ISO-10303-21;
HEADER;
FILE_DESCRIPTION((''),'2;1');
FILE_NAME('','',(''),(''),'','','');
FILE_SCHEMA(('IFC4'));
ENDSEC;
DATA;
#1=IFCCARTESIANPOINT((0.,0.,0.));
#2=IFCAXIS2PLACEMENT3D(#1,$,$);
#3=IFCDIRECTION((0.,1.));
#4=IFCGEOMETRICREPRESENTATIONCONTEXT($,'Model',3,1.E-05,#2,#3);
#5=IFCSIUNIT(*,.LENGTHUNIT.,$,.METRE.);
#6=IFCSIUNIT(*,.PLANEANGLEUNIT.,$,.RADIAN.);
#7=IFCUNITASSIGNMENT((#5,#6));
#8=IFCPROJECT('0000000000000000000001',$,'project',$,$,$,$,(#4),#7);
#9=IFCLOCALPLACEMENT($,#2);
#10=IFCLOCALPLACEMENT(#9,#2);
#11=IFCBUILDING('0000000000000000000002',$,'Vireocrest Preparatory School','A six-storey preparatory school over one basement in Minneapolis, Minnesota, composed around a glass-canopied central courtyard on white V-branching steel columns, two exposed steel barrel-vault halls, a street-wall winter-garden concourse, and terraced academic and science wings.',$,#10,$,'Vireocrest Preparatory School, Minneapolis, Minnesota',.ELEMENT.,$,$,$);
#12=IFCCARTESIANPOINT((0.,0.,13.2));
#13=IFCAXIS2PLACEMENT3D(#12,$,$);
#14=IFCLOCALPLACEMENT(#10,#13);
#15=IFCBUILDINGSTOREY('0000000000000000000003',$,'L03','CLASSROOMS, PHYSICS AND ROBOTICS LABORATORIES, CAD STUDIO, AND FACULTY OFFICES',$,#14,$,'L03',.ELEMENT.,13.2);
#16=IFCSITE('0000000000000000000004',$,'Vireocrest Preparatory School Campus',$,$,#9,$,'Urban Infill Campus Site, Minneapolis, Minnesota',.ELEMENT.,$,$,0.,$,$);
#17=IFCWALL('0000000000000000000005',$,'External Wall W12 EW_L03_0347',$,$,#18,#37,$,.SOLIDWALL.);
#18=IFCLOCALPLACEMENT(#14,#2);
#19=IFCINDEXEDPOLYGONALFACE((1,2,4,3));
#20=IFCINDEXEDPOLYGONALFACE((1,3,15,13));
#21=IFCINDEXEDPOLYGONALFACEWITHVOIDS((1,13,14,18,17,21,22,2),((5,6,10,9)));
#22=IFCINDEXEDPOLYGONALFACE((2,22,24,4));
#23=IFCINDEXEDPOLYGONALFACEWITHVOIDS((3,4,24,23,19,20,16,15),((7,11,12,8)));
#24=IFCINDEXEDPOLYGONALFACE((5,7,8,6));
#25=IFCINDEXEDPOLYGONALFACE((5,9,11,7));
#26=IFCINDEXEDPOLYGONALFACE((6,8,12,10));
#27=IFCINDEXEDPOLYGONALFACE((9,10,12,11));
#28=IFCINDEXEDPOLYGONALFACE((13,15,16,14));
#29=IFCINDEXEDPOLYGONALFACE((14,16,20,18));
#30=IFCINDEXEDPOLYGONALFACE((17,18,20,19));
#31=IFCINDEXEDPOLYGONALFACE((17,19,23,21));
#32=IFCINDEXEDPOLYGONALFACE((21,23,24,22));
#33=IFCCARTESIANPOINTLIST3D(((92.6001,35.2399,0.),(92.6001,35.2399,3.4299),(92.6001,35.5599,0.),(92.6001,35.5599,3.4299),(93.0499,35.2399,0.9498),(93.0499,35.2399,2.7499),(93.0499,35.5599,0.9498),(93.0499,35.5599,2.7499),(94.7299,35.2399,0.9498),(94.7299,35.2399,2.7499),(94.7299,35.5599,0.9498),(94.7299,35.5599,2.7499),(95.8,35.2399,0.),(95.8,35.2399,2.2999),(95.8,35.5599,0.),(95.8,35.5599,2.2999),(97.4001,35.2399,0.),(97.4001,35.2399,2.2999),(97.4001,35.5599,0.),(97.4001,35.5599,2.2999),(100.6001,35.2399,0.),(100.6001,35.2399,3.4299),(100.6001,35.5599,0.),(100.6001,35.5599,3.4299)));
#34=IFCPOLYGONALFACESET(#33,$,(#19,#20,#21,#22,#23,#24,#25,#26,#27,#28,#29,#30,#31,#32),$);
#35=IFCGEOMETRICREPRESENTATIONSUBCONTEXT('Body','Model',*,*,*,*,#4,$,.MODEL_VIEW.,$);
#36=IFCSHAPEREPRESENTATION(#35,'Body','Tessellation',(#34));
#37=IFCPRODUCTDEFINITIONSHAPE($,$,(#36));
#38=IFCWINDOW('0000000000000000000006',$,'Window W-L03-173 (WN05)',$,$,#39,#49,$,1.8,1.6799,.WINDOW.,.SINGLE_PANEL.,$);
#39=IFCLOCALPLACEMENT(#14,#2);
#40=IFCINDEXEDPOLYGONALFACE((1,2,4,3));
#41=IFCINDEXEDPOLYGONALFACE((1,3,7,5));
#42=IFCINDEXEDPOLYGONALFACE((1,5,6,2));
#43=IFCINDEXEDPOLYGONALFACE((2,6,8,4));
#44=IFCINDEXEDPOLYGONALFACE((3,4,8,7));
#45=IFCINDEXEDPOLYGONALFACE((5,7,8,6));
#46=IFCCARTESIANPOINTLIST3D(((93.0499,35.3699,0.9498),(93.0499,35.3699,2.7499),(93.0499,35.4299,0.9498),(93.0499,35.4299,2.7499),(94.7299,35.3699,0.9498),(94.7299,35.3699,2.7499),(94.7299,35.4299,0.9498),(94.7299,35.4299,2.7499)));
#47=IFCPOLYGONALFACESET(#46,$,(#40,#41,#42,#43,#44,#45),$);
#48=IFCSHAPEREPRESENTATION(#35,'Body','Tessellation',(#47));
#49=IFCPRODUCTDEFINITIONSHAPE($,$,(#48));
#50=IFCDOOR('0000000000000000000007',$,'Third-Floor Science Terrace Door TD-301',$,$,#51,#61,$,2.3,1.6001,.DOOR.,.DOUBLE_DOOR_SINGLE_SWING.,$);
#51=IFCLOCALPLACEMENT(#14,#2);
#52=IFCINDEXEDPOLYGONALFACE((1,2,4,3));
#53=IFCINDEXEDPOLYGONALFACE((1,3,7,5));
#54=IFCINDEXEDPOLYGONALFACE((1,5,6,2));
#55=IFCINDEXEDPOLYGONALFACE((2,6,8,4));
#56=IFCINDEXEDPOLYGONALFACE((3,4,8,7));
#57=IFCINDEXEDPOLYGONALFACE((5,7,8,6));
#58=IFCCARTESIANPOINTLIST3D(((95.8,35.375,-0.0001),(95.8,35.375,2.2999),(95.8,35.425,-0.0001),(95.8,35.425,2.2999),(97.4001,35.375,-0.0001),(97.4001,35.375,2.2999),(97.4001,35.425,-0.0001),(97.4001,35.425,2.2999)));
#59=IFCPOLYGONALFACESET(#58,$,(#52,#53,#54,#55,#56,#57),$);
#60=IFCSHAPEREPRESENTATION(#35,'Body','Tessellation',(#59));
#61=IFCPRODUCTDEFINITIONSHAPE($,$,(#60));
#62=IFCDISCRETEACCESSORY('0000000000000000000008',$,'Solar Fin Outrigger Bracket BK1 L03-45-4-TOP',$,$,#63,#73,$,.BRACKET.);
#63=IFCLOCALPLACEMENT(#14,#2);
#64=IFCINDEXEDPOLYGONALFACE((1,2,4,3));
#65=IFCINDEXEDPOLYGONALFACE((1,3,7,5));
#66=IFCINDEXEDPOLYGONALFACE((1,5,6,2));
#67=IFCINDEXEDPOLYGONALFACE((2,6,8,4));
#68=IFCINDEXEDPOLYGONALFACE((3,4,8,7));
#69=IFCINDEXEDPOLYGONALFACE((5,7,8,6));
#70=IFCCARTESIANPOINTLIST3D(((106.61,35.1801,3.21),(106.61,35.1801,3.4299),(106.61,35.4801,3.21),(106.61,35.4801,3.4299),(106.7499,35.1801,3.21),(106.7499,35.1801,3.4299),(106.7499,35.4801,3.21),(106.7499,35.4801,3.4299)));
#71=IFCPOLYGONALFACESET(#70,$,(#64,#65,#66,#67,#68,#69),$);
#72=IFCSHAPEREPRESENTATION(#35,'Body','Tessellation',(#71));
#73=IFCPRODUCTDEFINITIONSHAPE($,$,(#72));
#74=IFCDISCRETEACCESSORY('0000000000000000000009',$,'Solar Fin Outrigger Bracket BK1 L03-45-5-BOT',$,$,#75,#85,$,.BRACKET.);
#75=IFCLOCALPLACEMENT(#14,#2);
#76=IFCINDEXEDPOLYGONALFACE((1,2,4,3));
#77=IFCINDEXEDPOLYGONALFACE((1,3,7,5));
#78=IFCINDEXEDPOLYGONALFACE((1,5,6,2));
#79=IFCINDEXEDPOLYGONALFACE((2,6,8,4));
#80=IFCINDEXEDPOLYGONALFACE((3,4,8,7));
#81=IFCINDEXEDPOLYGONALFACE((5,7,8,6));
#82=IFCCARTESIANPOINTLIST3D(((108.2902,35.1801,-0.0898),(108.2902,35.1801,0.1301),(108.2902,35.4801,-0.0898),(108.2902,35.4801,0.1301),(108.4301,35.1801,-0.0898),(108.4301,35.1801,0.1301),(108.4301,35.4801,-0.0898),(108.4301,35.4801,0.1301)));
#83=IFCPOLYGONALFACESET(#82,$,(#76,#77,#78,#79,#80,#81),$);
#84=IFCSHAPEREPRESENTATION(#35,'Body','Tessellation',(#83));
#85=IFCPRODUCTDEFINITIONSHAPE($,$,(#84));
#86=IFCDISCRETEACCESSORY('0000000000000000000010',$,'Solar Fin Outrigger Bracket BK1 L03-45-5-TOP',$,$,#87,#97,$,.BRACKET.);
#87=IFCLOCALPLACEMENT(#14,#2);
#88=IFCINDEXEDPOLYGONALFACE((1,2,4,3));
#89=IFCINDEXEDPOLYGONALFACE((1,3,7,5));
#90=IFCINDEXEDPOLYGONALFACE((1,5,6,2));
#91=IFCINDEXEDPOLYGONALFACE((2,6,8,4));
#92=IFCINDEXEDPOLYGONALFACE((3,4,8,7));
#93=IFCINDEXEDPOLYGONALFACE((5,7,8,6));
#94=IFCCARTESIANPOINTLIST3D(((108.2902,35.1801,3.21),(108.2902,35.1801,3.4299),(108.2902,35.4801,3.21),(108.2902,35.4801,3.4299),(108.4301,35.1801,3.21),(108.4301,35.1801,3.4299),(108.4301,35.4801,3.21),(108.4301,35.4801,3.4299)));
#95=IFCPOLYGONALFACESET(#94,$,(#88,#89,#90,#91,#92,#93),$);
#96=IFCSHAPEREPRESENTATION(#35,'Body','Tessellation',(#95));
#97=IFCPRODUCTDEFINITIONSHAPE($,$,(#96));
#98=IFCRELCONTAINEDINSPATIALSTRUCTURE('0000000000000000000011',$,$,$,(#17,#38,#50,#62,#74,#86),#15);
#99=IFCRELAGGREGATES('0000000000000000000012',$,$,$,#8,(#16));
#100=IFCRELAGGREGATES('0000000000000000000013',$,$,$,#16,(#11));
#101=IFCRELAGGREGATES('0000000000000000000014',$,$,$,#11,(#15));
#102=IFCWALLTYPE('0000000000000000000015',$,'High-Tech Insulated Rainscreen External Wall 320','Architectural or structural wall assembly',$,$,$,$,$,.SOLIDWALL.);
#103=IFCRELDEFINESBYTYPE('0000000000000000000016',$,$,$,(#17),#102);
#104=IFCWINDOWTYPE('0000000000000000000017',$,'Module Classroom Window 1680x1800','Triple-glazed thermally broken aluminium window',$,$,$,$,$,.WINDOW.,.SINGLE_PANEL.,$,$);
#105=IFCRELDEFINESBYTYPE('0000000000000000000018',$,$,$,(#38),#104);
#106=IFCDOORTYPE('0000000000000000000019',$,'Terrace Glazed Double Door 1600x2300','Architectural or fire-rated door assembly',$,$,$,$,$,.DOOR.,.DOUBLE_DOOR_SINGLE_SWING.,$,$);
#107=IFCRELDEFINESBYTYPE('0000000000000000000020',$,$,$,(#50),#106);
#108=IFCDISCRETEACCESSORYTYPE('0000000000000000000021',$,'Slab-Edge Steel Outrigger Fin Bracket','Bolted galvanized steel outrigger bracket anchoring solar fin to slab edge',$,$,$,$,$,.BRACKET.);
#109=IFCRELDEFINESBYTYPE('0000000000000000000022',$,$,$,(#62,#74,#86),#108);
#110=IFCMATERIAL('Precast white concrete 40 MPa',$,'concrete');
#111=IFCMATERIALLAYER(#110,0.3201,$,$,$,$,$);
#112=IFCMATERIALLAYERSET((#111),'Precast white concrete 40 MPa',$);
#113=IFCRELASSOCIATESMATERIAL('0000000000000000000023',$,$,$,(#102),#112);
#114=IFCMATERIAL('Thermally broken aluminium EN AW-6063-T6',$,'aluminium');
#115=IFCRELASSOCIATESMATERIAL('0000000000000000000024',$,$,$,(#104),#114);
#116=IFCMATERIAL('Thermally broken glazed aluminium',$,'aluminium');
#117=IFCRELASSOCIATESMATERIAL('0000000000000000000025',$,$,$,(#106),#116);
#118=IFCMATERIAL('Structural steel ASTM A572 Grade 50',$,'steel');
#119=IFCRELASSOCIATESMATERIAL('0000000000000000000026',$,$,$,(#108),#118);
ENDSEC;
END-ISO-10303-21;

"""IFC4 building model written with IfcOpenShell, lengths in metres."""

from ifc_helpers import new_model, si_unit, direction, frame, frame_2d, origin, origin_2d, place, context, subcontext, project, spatial, rectangle, extrude, material, layer, layer_set, type_object, element, fill, save


model = new_model("IFC4")

# Units and contexts
model_context = context("Model", 3, precision=1e-05, world=origin(), true_north=direction((0.0, 1.0)))
body_context = subcontext(model_context, "Body", "Model", "MODEL_VIEW")
ifc_project = project(units=[si_unit("LENGTHUNIT", "METRE"), si_unit("PLANEANGLEUNIT", "RADIAN")], contexts=[model_context])

# Site, building, storey
site_placement = place(None, origin())
site = spatial("IfcSite", under=ifc_project, at=site_placement, Name="Vireocrest Preparatory School Campus", LongName="Urban Infill Campus Site, Minneapolis, Minnesota", CompositionType="ELEMENT", RefElevation=0.0)
building_placement = place(site_placement, origin())
building = spatial("IfcBuilding", under=site, at=building_placement, Name="Vireocrest Preparatory School", Description="A six-storey preparatory school over one basement in Minneapolis, Minnesota, composed around a glass-canopied central courtyard on white V-branching steel columns, two exposed steel barrel-vault halls, a street-wall winter-garden concourse, and terraced academic and science wings.", LongName="Vireocrest Preparatory School, Minneapolis, Minnesota", CompositionType="ELEMENT")
storey_placement = place(building_placement, frame((0.0, 0.0, 13.2)))
storey = spatial("IfcBuildingStorey", under=building, at=storey_placement, Name="L03", Description="CLASSROOMS, PHYSICS AND ROBOTICS LABORATORIES, CAD STUDIO, AND FACULTY OFFICES", LongName="L03", CompositionType="ELEMENT", Elevation=13.2)

# Shared definitions
ifc_material_1 = material(Name="Thermally broken aluminium EN AW-6063-T6", Category="aluminium")

# Wall, openings, window, door
ifc_material_2 = material(Name="Precast white concrete 40 MPa", Category="concrete")
ifc_layer_1 = layer(ifc_material_2, 0.3201)
ifc_layer_set_1 = layer_set([ifc_layer_1], Name="Precast white concrete 40 MPa")
wall_type = type_object("IfcWallType", Name="High-Tech Insulated Rainscreen External Wall 320", Description="Architectural or structural wall assembly", PredefinedType="SOLIDWALL", material=ifc_layer_set_1)
wall_placement = place(storey_placement, frame((92.6001, 35.3999, 0.0), z_axis=(0.0, 0.0, 1.0), x_axis=(1.0, 0.0, 0.0)))
wall = element("IfcWall", 1, at=wall_placement, inside=storey, type_object=wall_type, Name="External Wall W12 EW_L03_0347", PredefinedType="SOLIDWALL", context=body_context, shape_type="SweptSolid", body=[
    extrude(rectangle(XDim=8.0, YDim=0.3201, at=frame_2d((4.0, 0.0))), origin(), (0.0, 0.0, 1.0), 3.4299),
])
opening_1_placement = place(wall_placement, frame((4.8, 0.0, 0.0), z_axis=(0.0, 0.0, 1.0), x_axis=(-1.0, 0.0, 0.0)))
opening_1 = element("IfcOpeningElement", 2, at=opening_1_placement, cuts=wall, PredefinedType="OPENING", context=body_context, shape_type="SweptSolid", body=[
    extrude(rectangle(XDim=1.6001, YDim=2.3, at=frame_2d((0.8, 1.1499))), frame((0.0, 0.1699, 0.0), z_axis=(0.0, -1.0, 0.0), x_axis=(1.0, 0.0, 0.0)), (0.0, 0.0, 1.0), 0.3401),
])
opening_2_placement = place(wall_placement, frame((0.45, 0.0, 0.95)))
opening_2 = element("IfcOpeningElement", 3, at=opening_2_placement, cuts=wall, PredefinedType="OPENING", context=body_context, shape_type="SweptSolid", body=[
    extrude(rectangle(XDim=1.6799, YDim=1.8, at=frame_2d((0.8398, 0.8999))), frame((0.0, 0.1699, 0.0), z_axis=(0.0, -1.0, 0.0), x_axis=(1.0, 0.0, 0.0)), (0.0, 0.0, 1.0), 0.3401),
])
window_type = type_object("IfcWindowType", Name="Module Classroom Window 1680x1800", Description="Triple-glazed thermally broken aluminium window", PartitioningType="SINGLE_PANEL", PredefinedType="WINDOW", material=ifc_material_1)
window_placement = place(opening_2_placement, origin())
window = element("IfcWindow", 4, at=window_placement, inside=storey, type_object=window_type, Name="Window W-L03-173 (WN05)", OverallHeight=1.8, OverallWidth=1.6799, PartitioningType="SINGLE_PANEL", PredefinedType="WINDOW", context=body_context, shape_type="SweptSolid", body=[
    extrude(rectangle(XDim=1.6799, YDim=1.8, at=frame_2d((0.8398, 0.8999))), frame((0.0, 0.03, 0.0), z_axis=(0.0, -1.0, 0.0), x_axis=(1.0, 0.0, 0.0)), (0.0, 0.0, 1.0), 0.0601),
])
fill(opening_2, window)
ifc_material_3 = material(Name="Thermally broken glazed aluminium", Category="aluminium")
door_type = type_object("IfcDoorType", Name="Terrace Glazed Double Door 1600x2300", Description="Architectural or fire-rated door assembly", OperationType="DOUBLE_DOOR_SINGLE_SWING", PredefinedType="DOOR", material=ifc_material_3)
door_placement = place(opening_1_placement, origin())
door = element("IfcDoor", 5, at=door_placement, inside=storey, type_object=door_type, Name="Third-Floor Science Terrace Door TD-301", OperationType="DOUBLE_DOOR_SINGLE_SWING", OverallHeight=2.3, OverallWidth=1.6001, PredefinedType="DOOR", context=body_context, shape_type="SweptSolid", body=[
    extrude(rectangle(XDim=1.6001, YDim=2.3, at=frame_2d((0.8, 1.1499))), frame((0.0, 0.0249, 0.0), z_axis=(0.0, -1.0, 0.0), x_axis=(1.0, 0.0, 0.0)), (0.0, 0.0, 1.0), 0.05),
])
fill(opening_1, door)

# Discrete accessories
ifc_material_4 = material(Name="Structural steel ASTM A572 Grade 50", Category="steel")
discrete_accessory_type = type_object("IfcDiscreteAccessoryType", Name="Slab-Edge Steel Outrigger Fin Bracket", Description="Bolted galvanized steel outrigger bracket anchoring solar fin to slab edge", PredefinedType="BRACKET", material=ifc_material_4)
for number, where, z_axis, x_axis, name in (
    (6, (106.6799, 35.3301, 3.21), (0.0, 0.0, 1.0), (-1.0, 0.0, 0.0), "Solar Fin Outrigger Bracket BK1 L03-45-4-TOP"),
    (7, (108.3601, 35.3301, -0.0898), (0.0, 0.0, 1.0), (-1.0, 0.0, 0.0), "Solar Fin Outrigger Bracket BK1 L03-45-5-BOT"),
    (8, (108.3601, 35.3301, 3.21), (0.0, 0.0, 1.0), (-1.0, 0.0, 0.0), "Solar Fin Outrigger Bracket BK1 L03-45-5-TOP"),
):
    element("IfcDiscreteAccessory", number, at=place(storey_placement, frame(where, z_axis=z_axis, x_axis=x_axis)), inside=storey, type_object=discrete_accessory_type, Name=name, PredefinedType="BRACKET", context=body_context, shape_type="SweptSolid", body=[
        extrude(rectangle(XDim=0.1399, YDim=0.3, at=origin_2d()), origin(), (0.0, 0.0, 1.0), 0.22),
    ])

save(model, "model.ifc")
